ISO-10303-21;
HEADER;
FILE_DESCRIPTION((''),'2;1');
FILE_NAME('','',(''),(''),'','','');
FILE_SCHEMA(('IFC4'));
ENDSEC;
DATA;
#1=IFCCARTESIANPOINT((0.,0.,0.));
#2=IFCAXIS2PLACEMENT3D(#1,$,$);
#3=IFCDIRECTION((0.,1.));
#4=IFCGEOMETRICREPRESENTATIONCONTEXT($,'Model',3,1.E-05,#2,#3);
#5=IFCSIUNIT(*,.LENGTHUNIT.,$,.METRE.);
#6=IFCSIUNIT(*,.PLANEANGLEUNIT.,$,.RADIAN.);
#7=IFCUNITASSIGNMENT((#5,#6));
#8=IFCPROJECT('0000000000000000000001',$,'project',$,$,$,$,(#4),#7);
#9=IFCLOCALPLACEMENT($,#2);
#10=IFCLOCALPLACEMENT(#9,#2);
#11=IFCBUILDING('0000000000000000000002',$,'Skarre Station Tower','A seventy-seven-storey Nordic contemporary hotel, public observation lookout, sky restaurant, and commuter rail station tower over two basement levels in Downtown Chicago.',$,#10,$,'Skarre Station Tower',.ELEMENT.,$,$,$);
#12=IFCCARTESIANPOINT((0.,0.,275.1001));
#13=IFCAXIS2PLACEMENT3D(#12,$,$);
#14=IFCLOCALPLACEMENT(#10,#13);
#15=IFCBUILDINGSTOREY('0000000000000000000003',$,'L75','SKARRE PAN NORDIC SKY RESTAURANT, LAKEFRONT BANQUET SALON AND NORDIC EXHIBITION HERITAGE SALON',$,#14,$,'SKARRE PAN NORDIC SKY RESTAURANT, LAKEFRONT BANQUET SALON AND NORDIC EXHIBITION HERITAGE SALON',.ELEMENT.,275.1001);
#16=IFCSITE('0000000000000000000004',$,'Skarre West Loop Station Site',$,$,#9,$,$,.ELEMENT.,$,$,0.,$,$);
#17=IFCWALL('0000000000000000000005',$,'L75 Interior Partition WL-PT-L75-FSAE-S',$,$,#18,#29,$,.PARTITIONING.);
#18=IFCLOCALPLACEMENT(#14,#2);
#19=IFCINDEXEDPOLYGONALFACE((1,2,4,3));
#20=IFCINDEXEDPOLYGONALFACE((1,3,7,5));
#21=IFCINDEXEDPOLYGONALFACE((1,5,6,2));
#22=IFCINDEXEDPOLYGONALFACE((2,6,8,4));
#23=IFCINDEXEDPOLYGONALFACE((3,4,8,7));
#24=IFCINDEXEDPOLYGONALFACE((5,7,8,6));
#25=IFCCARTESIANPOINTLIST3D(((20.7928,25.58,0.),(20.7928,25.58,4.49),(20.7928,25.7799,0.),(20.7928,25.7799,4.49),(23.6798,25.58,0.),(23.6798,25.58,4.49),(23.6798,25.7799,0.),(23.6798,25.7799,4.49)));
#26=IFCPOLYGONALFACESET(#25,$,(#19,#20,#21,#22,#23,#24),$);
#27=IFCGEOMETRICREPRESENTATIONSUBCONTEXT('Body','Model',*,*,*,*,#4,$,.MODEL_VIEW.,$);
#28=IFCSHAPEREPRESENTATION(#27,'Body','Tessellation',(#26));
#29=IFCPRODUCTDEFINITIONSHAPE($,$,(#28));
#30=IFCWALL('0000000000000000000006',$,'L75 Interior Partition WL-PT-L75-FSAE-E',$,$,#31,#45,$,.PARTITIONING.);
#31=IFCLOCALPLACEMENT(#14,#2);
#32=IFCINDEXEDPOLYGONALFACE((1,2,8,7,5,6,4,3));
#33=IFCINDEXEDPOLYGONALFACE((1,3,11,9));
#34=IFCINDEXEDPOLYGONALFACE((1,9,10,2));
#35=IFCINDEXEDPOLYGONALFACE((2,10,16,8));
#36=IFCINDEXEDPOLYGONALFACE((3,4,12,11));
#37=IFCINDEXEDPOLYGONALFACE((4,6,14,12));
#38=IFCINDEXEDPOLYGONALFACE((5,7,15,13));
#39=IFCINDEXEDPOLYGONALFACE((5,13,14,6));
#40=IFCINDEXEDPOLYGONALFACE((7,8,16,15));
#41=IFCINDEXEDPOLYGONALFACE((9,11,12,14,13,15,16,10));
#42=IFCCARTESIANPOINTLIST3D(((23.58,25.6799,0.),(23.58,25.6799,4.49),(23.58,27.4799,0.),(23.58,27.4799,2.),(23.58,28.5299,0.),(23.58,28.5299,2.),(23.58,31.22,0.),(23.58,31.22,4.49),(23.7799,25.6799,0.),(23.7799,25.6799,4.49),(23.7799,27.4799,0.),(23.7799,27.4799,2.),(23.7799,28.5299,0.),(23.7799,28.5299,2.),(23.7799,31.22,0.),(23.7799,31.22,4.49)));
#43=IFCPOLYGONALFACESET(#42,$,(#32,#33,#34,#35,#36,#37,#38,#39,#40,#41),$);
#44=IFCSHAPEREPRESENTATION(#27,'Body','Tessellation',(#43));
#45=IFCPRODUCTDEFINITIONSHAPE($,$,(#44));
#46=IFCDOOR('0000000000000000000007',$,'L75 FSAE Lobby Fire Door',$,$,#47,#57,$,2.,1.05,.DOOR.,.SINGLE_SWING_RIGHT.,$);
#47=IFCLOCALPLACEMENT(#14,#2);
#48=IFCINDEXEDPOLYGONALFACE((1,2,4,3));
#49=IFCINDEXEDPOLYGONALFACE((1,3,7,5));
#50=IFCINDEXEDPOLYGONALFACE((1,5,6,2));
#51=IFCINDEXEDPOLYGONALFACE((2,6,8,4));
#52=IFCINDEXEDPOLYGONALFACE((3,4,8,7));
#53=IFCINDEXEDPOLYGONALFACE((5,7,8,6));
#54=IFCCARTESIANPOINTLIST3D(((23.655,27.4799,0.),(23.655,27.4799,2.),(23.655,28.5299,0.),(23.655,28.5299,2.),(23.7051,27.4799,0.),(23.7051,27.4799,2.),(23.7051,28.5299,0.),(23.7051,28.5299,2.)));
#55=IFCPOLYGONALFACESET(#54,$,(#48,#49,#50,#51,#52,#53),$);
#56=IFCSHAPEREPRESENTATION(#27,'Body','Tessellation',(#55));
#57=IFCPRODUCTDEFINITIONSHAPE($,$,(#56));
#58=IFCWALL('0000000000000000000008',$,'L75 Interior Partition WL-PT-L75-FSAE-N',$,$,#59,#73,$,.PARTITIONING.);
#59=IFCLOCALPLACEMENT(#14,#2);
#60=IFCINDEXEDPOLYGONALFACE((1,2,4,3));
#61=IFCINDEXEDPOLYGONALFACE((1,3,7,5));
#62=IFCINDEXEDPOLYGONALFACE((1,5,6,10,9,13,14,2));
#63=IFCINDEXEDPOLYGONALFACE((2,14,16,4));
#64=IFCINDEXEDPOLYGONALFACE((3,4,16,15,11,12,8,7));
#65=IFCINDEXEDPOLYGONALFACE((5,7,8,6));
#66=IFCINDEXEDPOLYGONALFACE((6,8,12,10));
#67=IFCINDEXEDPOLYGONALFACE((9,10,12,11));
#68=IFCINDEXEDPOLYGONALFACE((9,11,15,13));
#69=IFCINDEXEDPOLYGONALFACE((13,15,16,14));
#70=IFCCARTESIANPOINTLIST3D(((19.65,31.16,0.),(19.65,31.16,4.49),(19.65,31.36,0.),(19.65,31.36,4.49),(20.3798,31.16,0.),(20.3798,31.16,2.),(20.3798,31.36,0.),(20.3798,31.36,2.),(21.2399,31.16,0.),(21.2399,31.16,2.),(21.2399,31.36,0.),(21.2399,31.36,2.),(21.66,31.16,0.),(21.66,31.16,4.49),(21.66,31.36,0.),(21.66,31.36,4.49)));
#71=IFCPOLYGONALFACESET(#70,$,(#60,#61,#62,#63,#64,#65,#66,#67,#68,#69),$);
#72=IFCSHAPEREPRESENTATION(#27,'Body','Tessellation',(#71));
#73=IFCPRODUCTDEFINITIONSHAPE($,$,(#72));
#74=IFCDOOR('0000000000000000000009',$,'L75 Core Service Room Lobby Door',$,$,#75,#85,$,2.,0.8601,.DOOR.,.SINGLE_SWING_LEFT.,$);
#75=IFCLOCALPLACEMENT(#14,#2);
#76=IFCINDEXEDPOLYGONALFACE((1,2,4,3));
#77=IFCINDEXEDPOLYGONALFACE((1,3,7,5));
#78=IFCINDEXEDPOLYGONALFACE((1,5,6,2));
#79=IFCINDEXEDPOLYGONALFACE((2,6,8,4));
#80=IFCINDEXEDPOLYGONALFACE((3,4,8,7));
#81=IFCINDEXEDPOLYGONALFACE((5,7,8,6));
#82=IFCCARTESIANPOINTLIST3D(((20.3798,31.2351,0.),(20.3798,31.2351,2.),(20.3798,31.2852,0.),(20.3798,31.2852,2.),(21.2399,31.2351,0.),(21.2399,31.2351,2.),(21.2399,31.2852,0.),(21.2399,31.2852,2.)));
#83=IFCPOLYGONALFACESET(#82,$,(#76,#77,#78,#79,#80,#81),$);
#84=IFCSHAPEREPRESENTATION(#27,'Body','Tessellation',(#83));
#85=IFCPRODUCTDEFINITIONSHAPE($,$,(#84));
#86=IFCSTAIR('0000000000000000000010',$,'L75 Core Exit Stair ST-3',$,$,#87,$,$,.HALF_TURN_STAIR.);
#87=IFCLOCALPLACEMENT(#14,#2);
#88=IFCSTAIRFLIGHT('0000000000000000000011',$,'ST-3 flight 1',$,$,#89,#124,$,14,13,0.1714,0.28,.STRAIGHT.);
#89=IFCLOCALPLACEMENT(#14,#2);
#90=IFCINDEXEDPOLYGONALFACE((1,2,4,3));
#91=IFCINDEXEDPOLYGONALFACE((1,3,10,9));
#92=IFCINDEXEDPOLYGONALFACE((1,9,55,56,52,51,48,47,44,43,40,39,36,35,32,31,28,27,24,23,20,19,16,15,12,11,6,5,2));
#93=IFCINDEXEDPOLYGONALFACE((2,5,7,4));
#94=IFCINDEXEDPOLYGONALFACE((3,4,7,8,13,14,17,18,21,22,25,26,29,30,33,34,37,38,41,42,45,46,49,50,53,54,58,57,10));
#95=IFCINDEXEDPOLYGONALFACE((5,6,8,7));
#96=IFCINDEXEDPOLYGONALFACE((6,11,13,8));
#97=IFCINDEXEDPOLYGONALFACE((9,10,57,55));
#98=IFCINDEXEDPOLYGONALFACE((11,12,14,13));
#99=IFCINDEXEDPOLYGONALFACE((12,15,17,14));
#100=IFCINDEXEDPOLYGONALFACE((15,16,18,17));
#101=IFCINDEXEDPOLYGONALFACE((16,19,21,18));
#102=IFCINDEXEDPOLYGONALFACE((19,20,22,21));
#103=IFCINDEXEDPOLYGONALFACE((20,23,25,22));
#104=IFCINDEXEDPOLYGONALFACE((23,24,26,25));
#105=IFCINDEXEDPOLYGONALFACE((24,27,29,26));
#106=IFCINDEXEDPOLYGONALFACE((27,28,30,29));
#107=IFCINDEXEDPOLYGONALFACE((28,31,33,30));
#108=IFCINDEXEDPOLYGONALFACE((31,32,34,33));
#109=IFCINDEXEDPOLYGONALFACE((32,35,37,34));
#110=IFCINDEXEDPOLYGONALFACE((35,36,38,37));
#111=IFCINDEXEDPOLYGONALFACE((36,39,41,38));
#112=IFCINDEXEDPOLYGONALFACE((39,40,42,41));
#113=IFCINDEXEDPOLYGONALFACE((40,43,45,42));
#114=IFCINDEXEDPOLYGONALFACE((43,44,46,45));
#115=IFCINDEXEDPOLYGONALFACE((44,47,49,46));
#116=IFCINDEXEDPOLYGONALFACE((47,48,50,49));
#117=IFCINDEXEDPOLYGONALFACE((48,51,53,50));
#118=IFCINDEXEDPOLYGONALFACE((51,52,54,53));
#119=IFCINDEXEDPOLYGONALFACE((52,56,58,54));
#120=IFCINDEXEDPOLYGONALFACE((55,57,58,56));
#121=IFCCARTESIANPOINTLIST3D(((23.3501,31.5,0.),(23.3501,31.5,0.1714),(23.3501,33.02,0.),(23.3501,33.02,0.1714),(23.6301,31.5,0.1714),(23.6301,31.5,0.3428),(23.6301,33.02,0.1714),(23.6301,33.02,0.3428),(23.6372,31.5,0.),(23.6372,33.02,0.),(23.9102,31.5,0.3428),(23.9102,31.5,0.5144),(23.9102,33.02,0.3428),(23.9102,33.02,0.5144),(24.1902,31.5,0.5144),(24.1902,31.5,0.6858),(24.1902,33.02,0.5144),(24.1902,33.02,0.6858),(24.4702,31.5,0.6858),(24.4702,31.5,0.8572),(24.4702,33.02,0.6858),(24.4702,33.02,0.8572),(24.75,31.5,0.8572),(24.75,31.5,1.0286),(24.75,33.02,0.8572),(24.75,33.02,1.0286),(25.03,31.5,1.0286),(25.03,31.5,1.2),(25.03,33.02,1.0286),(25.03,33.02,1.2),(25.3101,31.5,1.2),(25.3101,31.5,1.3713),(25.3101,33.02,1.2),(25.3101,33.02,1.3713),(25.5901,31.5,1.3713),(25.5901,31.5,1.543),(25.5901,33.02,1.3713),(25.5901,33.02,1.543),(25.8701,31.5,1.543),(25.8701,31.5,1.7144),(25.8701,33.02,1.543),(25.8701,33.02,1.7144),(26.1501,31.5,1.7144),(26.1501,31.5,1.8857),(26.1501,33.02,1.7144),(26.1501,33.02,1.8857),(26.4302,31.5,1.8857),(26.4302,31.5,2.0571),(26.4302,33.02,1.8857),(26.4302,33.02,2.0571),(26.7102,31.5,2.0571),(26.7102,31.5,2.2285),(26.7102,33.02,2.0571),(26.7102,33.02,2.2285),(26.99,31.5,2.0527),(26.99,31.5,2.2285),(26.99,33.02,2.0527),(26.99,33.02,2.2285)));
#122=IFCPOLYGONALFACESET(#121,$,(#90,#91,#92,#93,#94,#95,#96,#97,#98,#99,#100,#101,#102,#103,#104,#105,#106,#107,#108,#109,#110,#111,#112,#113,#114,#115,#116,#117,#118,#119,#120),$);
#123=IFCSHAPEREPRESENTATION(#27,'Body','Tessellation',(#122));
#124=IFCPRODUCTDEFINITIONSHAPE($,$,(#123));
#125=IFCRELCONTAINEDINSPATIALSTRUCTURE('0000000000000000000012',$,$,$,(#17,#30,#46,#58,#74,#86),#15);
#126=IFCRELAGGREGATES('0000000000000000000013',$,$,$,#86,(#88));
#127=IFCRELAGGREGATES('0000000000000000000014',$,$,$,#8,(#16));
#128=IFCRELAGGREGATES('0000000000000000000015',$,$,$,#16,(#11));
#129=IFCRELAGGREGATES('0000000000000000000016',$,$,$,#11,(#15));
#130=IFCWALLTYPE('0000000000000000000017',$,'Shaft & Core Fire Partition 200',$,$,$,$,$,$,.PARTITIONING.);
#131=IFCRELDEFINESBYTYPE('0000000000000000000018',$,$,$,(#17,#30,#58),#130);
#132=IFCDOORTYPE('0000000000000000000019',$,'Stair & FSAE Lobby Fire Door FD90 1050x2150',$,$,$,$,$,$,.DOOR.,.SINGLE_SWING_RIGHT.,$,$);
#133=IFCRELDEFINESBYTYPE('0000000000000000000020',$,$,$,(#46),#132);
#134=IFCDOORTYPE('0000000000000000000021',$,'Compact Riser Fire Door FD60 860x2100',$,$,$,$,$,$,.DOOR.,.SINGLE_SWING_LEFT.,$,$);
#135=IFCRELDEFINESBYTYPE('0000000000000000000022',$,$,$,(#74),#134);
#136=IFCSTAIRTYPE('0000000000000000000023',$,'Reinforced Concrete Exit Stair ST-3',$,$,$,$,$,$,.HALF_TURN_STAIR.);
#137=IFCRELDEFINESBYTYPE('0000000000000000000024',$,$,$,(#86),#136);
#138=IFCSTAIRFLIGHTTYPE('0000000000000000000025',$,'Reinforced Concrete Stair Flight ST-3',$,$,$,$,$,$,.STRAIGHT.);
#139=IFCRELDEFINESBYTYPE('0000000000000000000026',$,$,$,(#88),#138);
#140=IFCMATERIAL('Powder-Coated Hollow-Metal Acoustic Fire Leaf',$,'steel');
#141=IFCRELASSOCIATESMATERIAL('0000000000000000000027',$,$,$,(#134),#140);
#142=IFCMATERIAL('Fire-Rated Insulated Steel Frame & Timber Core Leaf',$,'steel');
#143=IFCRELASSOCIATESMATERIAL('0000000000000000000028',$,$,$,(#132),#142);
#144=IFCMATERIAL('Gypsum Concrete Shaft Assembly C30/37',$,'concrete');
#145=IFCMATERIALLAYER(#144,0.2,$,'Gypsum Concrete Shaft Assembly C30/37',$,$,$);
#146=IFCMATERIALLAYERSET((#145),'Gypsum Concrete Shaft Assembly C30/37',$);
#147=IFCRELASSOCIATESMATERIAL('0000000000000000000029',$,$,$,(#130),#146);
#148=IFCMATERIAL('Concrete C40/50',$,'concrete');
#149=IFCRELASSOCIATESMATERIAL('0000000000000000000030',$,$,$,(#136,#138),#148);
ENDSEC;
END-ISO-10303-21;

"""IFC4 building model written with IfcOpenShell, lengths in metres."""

from ifc_helpers import new_model, si_unit, direction, frame, frame_2d, origin, place, context, subcontext, project, spatial, polyline, rectangle, outline, extrude, material, layer, layer_set, type_object, element, fill, aggregate, save


model = new_model("IFC4")

# Units and contexts
model_context = context("Model", 3, precision=1e-05, world=origin(), true_north=direction((0.0, 1.0)))
body_context = subcontext(model_context, "Body", "Model", "MODEL_VIEW")
ifc_project = project(units=[si_unit("LENGTHUNIT", "METRE"), si_unit("PLANEANGLEUNIT", "RADIAN")], contexts=[model_context])

# Site, building, storey
site_placement = place(None, origin())
site = spatial("IfcSite", under=ifc_project, at=site_placement, Name="Skarre West Loop Station Site", CompositionType="ELEMENT", RefElevation=0.0)
building_placement = place(site_placement, origin())
building = spatial("IfcBuilding", under=site, at=building_placement, Name="Skarre Station Tower", Description="A seventy-seven-storey Nordic contemporary hotel, public observation lookout, sky restaurant, and commuter rail station tower over two basement levels in Downtown Chicago.", LongName="Skarre Station Tower", CompositionType="ELEMENT")
storey_placement = place(building_placement, frame((0.0, 0.0, 275.1001)))
storey = spatial("IfcBuildingStorey", under=building, at=storey_placement, Name="L75", Description="SKARRE PAN NORDIC SKY RESTAURANT, LAKEFRONT BANQUET SALON AND NORDIC EXHIBITION HERITAGE SALON", LongName="SKARRE PAN NORDIC SKY RESTAURANT, LAKEFRONT BANQUET SALON AND NORDIC EXHIBITION HERITAGE SALON", CompositionType="ELEMENT", Elevation=275.1001)

# Shared definitions
ifc_material_1 = material(Name="Powder-Coated Hollow-Metal Acoustic Fire Leaf", Category="steel")
door_type_1 = type_object("IfcDoorType", Name="Compact Riser Fire Door FD60 860x2100", OperationType="SINGLE_SWING_LEFT", PredefinedType="DOOR", material=ifc_material_1)

# Shared definitions
ifc_material_2 = material(Name="Fire-Rated Insulated Steel Frame & Timber Core Leaf", Category="steel")
door_type_2 = type_object("IfcDoorType", Name="Stair & FSAE Lobby Fire Door FD90 1050x2150", OperationType="SINGLE_SWING_RIGHT", PredefinedType="DOOR", material=ifc_material_2)

# Wall
ifc_material_3 = material(Name="Gypsum Concrete Shaft Assembly C30/37", Category="concrete")
ifc_layer_1 = layer(ifc_material_3, 0.2, Name="Gypsum Concrete Shaft Assembly C30/37")
ifc_layer_set_1 = layer_set([ifc_layer_1], Name="Gypsum Concrete Shaft Assembly C30/37")
wall_type_1 = type_object("IfcWallType", Name="Shaft & Core Fire Partition 200", PredefinedType="PARTITIONING", material=ifc_layer_set_1)
wall_1_placement = place(storey_placement, frame((20.793, 25.6799, 0.0), z_axis=(0.0, 0.0, 1.0), x_axis=(1.0, 0.0, 0.0)))
element("IfcWall", 1, at=wall_1_placement, inside=storey, type_object=wall_type_1, Name="L75 Interior Partition WL-PT-L75-FSAE-S", PredefinedType="PARTITIONING", context=body_context, shape_type="SweptSolid", body=[
    extrude(rectangle(XDim=2.887, YDim=0.2, at=frame_2d((1.4434, 0.0))), origin(), (0.0, 0.0, 1.0), 4.49),
])

# Walls, openings, doors
wall_2_placement = place(storey_placement, frame((23.6799, 25.6799, 0.0), z_axis=(0.0, 0.0, 1.0), x_axis=(0.0, 1.0, 0.0)))
wall_2 = element("IfcWall", 2, at=wall_2_placement, inside=storey, type_object=wall_type_1, Name="L75 Interior Partition WL-PT-L75-FSAE-E", PredefinedType="PARTITIONING", context=body_context, shape_type="SweptSolid", body=[
    extrude(rectangle(XDim=5.54, YDim=0.2, at=frame_2d((2.77, 0.0))), origin(), (0.0, 0.0, 1.0), 4.49),
])
opening_1_placement = place(wall_2_placement, frame((1.8, 0.0, 0.0)))
opening_1 = element("IfcOpeningElement", 3, at=opening_1_placement, cuts=wall_2, PredefinedType="OPENING", context=body_context, shape_type="SweptSolid", body=[
    extrude(rectangle(XDim=1.05, YDim=2.0, at=frame_2d((0.5249, 1.0))), frame((0.0, 0.1099, 0.0), z_axis=(0.0, -1.0, 0.0), x_axis=(1.0, 0.0, 0.0)), (0.0, 0.0, 1.0), 0.22),
])
door_1_placement = place(opening_1_placement, origin())
door_1 = element("IfcDoor", 4, at=door_1_placement, inside=storey, type_object=door_type_2, Name="L75 FSAE Lobby Fire Door", OperationType="SINGLE_SWING_RIGHT", OverallHeight=2.0, OverallWidth=1.05, PredefinedType="DOOR", context=body_context, shape_type="SweptSolid", body=[
    extrude(rectangle(XDim=1.05, YDim=2.0, at=frame_2d((0.5249, 1.0))), frame((0.0, 0.0249, 0.0), z_axis=(0.0, -1.0, 0.0), x_axis=(1.0, 0.0, 0.0)), (0.0, 0.0, 1.0), 0.05),
])
fill(opening_1, door_1)
wall_3_placement = place(storey_placement, frame((21.6599, 31.26, 0.0), z_axis=(0.0, 0.0, 1.0), x_axis=(-1.0, 0.0, 0.0)))
wall_3 = element("IfcWall", 5, at=wall_3_placement, inside=storey, type_object=wall_type_1, Name="L75 Interior Partition WL-PT-L75-FSAE-N", PredefinedType="PARTITIONING", context=body_context, shape_type="SweptSolid", body=[
    extrude(rectangle(XDim=2.01, YDim=0.2, at=frame_2d((1.0049, 0.0))), origin(), (0.0, 0.0, 1.0), 4.49),
])
opening_2_placement = place(wall_3_placement, frame((0.4199, 0.0, 0.0)))
opening_2 = element("IfcOpeningElement", 6, at=opening_2_placement, cuts=wall_3, PredefinedType="OPENING", context=body_context, shape_type="SweptSolid", body=[
    extrude(rectangle(XDim=0.8601, YDim=2.0, at=frame_2d((0.4302, 1.0))), frame((0.0, 0.1099, 0.0), z_axis=(0.0, -1.0, 0.0), x_axis=(1.0, 0.0, 0.0)), (0.0, 0.0, 1.0), 0.22),
])
door_2_placement = place(opening_2_placement, origin())
door_2 = element("IfcDoor", 7, at=door_2_placement, inside=storey, type_object=door_type_1, Name="L75 Core Service Room Lobby Door", OperationType="SINGLE_SWING_LEFT", OverallHeight=2.0, OverallWidth=0.8601, PredefinedType="DOOR", context=body_context, shape_type="SweptSolid", body=[
    extrude(rectangle(XDim=0.8601, YDim=2.0, at=frame_2d((0.4302, 1.0))), frame((0.0, 0.0249, 0.0), z_axis=(0.0, -1.0, 0.0), x_axis=(1.0, 0.0, 0.0)), (0.0, 0.0, 1.0), 0.05),
])
fill(opening_2, door_2)

# Stair, stair flight
ifc_material_4 = material(Name="Concrete C40/50", Category="concrete")
stair_type = type_object("IfcStairType", Name="Reinforced Concrete Exit Stair ST-3", PredefinedType="HALF_TURN_STAIR", material=ifc_material_4)
stair_placement = place(storey_placement, origin())
stair = element("IfcStair", 8, at=stair_placement, inside=storey, type_object=stair_type, Name="L75 Core Exit Stair ST-3", PredefinedType="HALF_TURN_STAIR")
stair_flight_type = type_object("IfcStairFlightType", Name="Reinforced Concrete Stair Flight ST-3", PredefinedType="STRAIGHT", material=ifc_material_4)
stair_flight_placement = place(storey_placement, frame((23.3501, 32.26, 0.0), z_axis=(0.0, 0.0, 1.0), x_axis=(1.0, 0.0, 0.0)))
stair_flight = element("IfcStairFlight", 9, at=stair_flight_placement, type_object=stair_flight_type, Name="ST-3 flight 1", NumberOfRisers=14, NumberOfTreads=13, PredefinedType="STRAIGHT", RiserHeight=0.1714, TreadLength=0.28, context=body_context, shape_type="SweptSolid", body=[
    extrude(outline(polyline([(0.0, 0.0), (0.0, 0.1714), (0.28, 0.1714), (0.28, 0.3428), (0.5601, 0.3428), (0.5601, 0.5144), (0.8401, 0.5144), (0.8401, 0.6858), (1.1201, 0.6858), (1.1201, 0.8572), (1.3999, 0.8572), (1.3999, 1.0286), (1.6799, 1.0286), (1.6799, 1.2), (1.96, 1.2), (1.96, 1.3713), (2.24, 1.3713), (2.24, 1.543), (2.52, 1.543), (2.52, 1.7144), (2.8, 1.7144), (2.8, 1.8857), (3.0801, 1.8857), (3.0801, 2.0571), (3.3601, 2.0571), (3.3601, 2.2285), (3.6399, 2.2285), (3.6399, 2.3999), (3.6399, 2.0527), (0.2871, 0.0), (0.0, 0.0)])), frame((0.0, 0.76, 0.0), z_axis=(0.0, -1.0, 0.0), x_axis=(1.0, 0.0, 0.0)), (0.0, 0.0, 1.0), 1.52),
])
aggregate(stair, [stair_flight])

save(model, "model.ifc")
